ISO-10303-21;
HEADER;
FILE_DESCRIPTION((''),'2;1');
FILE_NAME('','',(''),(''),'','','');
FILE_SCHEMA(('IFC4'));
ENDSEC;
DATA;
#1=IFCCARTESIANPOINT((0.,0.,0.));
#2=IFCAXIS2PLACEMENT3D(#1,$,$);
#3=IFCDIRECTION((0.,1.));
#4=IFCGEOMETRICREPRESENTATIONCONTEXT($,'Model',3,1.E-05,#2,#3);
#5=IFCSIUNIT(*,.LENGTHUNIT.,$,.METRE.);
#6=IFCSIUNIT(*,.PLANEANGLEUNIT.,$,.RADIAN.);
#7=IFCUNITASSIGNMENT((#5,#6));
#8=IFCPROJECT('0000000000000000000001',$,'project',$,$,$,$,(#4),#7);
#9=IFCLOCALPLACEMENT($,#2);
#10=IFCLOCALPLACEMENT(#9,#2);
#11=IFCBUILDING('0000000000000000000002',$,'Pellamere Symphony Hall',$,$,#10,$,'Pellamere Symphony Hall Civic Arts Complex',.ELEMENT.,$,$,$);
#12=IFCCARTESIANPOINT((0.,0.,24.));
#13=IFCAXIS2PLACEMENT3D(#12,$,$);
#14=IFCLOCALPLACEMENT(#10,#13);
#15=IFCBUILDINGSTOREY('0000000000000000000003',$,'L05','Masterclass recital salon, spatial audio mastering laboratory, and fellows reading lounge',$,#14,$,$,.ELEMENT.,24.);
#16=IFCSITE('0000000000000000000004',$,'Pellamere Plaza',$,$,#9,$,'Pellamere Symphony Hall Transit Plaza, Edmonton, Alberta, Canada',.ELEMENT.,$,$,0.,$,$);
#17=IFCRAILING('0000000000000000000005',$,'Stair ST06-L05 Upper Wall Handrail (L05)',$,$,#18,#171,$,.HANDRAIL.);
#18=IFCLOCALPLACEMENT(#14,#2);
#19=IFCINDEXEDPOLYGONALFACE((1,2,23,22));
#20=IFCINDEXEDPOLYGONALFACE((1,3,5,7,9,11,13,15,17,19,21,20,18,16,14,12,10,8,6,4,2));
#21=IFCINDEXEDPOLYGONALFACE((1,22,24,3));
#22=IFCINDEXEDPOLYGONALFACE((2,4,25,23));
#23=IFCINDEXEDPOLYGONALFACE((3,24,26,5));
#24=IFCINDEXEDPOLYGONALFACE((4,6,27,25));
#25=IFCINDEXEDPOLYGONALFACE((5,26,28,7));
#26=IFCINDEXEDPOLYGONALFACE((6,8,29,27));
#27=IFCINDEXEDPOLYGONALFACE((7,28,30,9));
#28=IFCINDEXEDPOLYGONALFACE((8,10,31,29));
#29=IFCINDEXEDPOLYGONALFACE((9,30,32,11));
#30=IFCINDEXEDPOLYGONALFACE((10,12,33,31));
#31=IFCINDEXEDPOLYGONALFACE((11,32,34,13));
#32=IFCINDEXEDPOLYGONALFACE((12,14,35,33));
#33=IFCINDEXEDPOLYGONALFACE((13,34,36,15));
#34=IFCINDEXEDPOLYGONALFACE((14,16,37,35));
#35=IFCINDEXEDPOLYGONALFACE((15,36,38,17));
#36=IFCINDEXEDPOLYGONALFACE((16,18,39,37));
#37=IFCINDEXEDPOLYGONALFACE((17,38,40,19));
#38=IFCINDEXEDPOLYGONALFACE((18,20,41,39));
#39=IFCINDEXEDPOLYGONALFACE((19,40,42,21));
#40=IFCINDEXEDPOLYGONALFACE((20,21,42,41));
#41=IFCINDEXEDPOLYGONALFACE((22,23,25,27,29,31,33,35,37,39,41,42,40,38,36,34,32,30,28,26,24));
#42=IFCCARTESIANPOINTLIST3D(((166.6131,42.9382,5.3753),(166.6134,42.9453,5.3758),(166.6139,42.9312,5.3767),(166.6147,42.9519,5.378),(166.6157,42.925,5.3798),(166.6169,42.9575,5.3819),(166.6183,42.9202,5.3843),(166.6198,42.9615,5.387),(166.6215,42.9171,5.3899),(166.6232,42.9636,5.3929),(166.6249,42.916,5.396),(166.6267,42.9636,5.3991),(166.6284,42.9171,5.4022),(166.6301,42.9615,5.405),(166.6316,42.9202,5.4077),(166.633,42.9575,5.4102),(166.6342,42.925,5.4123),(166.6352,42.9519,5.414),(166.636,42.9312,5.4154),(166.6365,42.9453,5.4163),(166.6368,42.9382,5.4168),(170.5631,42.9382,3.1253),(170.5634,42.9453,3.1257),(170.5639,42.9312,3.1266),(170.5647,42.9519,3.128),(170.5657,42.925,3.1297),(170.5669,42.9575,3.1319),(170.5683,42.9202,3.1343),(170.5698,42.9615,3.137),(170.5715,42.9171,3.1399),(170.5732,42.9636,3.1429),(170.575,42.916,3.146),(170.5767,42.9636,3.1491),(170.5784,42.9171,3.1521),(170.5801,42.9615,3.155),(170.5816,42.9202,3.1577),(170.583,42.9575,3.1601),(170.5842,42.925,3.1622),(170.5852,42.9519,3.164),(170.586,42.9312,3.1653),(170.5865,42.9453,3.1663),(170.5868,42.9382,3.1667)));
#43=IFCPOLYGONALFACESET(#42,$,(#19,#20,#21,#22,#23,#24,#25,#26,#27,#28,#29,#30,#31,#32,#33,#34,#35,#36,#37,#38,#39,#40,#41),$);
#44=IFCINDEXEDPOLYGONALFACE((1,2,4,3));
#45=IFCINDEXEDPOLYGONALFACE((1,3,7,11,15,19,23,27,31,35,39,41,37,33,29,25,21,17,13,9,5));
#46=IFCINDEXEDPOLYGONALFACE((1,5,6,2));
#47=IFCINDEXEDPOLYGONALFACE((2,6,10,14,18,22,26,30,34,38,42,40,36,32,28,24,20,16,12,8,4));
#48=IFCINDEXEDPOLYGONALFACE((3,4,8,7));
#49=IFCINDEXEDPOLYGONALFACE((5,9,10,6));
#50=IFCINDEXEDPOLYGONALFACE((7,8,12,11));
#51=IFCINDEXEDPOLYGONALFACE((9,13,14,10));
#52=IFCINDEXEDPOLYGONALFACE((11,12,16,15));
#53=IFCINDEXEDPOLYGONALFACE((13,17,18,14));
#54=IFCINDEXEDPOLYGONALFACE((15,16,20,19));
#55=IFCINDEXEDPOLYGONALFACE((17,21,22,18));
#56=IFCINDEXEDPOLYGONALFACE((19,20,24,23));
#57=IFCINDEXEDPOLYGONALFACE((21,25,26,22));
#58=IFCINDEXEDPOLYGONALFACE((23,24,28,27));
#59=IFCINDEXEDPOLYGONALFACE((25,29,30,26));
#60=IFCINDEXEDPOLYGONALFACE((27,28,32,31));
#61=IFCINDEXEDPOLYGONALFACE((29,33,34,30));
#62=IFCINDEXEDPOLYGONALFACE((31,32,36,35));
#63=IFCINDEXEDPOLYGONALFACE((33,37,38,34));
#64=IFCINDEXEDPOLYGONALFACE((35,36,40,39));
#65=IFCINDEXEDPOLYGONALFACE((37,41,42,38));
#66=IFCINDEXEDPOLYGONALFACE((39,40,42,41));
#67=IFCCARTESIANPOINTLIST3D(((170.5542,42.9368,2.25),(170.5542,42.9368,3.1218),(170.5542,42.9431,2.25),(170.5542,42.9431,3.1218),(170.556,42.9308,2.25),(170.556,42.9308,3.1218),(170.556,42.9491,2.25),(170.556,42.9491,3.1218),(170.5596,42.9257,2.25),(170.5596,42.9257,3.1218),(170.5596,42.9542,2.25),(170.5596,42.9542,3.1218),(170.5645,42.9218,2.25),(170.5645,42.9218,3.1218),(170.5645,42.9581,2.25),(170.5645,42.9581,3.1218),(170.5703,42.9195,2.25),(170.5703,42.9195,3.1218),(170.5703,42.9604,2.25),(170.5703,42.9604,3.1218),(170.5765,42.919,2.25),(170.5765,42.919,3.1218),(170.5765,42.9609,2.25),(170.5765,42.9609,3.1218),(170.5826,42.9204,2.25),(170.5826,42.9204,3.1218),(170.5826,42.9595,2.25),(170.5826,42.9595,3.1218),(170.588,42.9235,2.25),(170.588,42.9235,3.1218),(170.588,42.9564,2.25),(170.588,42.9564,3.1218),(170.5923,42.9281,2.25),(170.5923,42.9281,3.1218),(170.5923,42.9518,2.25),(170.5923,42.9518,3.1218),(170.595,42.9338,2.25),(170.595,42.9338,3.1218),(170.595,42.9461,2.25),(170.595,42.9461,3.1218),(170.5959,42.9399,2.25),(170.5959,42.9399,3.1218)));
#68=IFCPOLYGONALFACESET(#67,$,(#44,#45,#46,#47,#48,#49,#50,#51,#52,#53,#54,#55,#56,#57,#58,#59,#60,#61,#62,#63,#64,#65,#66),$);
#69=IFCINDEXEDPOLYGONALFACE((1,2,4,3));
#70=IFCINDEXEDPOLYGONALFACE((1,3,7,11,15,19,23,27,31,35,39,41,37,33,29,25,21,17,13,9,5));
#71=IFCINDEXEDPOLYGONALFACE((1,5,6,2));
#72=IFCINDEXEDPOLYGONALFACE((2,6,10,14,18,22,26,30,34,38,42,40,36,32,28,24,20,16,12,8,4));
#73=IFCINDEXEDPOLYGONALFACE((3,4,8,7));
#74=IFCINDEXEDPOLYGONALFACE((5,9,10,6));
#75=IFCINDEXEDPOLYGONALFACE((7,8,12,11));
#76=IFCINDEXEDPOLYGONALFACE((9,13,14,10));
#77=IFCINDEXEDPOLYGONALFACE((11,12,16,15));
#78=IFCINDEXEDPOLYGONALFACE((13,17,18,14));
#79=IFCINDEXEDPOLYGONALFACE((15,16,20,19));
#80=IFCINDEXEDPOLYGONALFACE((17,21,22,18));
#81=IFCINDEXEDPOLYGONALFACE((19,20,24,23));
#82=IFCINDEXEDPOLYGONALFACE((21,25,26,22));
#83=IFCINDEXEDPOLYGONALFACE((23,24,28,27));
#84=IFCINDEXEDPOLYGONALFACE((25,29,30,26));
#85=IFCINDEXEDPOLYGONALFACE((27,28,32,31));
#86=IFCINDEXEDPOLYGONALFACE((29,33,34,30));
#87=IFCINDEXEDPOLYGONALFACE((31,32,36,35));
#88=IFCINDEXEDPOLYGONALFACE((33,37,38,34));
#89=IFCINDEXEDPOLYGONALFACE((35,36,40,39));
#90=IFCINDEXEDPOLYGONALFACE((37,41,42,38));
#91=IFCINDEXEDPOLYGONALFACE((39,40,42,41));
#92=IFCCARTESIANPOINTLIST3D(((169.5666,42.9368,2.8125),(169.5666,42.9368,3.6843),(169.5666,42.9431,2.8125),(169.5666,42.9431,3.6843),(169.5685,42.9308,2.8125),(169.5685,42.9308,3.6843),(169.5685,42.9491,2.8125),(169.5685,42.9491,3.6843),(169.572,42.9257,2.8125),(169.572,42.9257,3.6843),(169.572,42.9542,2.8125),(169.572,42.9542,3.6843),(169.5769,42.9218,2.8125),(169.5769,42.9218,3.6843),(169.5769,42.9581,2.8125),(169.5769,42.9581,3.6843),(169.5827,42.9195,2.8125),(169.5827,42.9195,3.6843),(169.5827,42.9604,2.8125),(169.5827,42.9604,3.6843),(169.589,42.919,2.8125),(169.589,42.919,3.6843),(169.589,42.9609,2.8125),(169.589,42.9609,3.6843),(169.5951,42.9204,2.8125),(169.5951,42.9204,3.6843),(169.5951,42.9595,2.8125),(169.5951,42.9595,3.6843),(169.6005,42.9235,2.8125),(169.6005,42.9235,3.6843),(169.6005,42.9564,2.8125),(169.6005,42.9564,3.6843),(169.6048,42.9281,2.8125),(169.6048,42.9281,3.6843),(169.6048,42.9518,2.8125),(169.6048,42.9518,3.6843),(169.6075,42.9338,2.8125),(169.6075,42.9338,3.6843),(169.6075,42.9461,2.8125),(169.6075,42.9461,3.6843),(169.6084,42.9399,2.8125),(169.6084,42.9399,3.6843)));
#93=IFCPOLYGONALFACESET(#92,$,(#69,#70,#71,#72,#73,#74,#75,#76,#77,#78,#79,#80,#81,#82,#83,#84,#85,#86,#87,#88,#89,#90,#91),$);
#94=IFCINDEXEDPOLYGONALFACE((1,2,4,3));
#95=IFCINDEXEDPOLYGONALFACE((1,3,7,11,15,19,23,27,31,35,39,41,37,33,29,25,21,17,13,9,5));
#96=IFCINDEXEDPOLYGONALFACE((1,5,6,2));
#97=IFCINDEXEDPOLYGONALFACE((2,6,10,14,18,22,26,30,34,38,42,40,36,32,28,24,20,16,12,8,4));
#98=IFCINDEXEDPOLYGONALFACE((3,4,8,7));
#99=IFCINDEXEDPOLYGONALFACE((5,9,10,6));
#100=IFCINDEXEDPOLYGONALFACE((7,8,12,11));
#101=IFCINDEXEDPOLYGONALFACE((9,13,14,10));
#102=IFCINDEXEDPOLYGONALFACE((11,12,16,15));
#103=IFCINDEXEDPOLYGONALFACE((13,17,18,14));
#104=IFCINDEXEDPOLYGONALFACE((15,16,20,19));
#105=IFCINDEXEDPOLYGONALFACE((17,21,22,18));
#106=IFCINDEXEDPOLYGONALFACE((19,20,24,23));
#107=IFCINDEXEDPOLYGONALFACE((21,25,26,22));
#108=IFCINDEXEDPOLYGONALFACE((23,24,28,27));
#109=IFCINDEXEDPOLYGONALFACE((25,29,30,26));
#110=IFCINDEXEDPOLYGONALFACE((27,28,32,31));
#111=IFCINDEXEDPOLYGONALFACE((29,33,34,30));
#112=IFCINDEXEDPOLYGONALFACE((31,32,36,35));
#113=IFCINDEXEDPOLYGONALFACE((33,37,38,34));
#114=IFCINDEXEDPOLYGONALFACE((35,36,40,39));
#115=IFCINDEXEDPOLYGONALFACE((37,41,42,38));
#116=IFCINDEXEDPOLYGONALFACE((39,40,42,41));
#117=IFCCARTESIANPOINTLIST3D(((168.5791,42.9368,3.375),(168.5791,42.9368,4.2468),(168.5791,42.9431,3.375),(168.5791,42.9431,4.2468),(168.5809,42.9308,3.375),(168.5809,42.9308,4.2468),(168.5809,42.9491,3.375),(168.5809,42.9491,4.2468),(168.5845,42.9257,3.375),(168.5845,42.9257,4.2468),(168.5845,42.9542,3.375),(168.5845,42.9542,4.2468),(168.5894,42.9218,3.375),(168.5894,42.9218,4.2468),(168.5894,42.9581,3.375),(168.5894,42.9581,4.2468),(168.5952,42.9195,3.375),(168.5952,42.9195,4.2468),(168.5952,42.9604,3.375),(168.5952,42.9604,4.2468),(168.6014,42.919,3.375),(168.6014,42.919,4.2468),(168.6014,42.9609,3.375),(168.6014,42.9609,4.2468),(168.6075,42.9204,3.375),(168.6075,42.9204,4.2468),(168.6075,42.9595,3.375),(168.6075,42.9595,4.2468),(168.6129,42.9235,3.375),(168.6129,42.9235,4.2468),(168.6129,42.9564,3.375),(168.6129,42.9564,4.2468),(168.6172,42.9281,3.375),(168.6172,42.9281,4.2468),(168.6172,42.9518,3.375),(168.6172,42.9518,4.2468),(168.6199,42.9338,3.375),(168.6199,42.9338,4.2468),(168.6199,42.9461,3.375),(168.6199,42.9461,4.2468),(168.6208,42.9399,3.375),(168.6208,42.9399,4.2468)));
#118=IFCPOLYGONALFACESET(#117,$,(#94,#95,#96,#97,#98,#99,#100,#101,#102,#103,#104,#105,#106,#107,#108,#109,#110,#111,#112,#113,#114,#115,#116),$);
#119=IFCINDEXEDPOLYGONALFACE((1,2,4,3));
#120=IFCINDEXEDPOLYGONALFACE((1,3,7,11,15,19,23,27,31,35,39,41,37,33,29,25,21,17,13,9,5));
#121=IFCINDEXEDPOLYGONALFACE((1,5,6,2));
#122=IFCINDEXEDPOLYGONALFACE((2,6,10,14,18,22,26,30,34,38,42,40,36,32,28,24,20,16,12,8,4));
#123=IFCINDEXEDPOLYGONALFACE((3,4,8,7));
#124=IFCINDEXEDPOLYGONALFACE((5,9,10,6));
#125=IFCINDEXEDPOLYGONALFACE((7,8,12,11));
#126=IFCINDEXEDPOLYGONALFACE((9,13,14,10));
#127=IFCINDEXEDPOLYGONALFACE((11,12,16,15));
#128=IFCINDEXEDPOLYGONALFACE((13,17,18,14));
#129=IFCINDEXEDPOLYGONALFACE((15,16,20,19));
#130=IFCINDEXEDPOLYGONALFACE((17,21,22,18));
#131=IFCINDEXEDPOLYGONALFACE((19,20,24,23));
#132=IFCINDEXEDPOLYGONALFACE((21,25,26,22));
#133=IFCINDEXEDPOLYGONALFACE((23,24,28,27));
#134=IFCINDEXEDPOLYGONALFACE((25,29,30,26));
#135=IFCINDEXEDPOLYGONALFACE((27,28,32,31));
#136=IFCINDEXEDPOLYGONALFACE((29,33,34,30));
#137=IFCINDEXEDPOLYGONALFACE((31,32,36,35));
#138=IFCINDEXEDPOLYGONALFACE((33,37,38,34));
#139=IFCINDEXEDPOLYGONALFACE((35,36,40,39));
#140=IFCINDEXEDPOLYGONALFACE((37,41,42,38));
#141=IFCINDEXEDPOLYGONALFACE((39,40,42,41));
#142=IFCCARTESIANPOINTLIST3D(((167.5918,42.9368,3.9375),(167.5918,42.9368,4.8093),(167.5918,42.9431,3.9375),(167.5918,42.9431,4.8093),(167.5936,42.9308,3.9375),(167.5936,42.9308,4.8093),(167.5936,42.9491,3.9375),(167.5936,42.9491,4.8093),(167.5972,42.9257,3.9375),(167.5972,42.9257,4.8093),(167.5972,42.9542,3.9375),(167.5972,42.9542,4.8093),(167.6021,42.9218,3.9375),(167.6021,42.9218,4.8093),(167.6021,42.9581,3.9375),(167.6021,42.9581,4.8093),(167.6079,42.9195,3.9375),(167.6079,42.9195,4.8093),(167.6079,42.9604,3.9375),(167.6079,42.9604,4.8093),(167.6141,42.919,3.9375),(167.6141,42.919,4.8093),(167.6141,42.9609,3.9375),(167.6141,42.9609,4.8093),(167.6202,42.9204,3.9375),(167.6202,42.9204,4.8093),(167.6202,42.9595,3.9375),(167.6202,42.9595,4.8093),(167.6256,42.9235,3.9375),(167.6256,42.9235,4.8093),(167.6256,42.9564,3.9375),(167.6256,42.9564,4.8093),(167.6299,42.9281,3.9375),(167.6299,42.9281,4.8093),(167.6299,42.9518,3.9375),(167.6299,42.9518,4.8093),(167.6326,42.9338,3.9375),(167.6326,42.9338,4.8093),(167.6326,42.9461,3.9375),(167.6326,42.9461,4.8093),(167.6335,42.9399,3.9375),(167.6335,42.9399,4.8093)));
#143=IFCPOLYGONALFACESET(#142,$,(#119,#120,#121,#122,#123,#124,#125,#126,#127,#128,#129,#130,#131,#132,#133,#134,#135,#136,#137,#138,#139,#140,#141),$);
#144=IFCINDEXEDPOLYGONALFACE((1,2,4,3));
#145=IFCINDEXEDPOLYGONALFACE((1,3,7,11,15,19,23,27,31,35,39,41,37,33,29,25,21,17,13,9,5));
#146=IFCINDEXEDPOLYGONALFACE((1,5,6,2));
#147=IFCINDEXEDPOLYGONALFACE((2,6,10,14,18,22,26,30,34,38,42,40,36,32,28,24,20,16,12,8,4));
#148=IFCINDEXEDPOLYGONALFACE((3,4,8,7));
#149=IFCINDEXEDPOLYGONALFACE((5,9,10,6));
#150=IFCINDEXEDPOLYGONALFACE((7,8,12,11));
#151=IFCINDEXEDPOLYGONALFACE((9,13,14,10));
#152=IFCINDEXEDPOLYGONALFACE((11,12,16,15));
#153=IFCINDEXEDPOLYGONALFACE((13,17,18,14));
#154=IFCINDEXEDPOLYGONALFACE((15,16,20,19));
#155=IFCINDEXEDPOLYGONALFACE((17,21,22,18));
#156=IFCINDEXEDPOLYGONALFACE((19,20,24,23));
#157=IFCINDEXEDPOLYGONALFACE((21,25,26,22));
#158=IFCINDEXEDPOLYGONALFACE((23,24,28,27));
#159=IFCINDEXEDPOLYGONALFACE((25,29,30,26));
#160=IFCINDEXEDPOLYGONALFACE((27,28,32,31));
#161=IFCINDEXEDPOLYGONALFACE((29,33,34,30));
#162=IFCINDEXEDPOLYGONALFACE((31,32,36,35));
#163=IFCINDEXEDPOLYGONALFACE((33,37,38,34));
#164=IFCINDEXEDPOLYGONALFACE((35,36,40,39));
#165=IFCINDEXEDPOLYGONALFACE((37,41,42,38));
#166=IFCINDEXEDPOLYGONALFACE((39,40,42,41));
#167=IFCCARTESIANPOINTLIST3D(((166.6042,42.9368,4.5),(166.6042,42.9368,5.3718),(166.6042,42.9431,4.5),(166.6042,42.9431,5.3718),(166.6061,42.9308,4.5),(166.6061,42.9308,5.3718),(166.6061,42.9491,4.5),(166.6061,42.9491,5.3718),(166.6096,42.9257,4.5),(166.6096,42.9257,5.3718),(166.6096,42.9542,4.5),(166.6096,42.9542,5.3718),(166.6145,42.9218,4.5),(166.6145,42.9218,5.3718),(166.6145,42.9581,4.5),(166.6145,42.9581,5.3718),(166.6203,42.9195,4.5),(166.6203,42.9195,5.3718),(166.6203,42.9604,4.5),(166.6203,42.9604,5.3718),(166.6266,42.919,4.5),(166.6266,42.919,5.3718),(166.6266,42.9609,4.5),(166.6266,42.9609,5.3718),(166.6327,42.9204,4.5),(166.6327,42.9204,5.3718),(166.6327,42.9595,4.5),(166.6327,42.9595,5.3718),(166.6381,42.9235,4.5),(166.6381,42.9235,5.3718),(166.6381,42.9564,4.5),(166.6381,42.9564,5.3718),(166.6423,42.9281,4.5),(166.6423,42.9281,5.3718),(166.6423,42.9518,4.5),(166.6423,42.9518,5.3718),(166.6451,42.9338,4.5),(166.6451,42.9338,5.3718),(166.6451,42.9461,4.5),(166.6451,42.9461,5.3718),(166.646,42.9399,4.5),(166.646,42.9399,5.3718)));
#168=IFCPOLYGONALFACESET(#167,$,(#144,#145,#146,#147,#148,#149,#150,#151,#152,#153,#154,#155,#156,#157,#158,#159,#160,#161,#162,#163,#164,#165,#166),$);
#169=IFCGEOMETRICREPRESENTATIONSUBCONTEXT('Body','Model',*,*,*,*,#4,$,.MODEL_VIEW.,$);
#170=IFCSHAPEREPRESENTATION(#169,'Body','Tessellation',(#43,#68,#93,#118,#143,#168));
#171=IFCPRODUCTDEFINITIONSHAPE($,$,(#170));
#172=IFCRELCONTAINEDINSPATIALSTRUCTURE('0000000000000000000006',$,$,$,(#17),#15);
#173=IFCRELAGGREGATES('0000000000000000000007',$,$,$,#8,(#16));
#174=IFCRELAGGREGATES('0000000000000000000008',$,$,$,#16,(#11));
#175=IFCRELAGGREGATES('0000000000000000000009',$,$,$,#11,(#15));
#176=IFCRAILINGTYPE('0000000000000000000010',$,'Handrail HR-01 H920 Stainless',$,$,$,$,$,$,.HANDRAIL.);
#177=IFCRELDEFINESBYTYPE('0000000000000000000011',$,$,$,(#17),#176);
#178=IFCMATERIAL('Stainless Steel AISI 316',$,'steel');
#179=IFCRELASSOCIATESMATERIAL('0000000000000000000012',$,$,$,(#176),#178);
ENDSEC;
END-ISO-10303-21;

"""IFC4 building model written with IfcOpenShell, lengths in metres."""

from ifc_helpers import new_model, si_unit, direction, frame, origin, origin_2d, place, context, subcontext, project, spatial, circle, extrude, material, type_object, element, save


model = new_model("IFC4")

# Units and contexts
model_context = context("Model", 3, precision=1e-05, world=origin(), true_north=direction((0.0, 1.0)))
body_context = subcontext(model_context, "Body", "Model", "MODEL_VIEW")
ifc_project = project(units=[si_unit("LENGTHUNIT", "METRE"), si_unit("PLANEANGLEUNIT", "RADIAN")], contexts=[model_context])

# Site, building, storey
site_placement = place(None, origin())
site = spatial("IfcSite", under=ifc_project, at=site_placement, Name="Pellamere Plaza", LongName="Pellamere Symphony Hall Transit Plaza, Edmonton, Alberta, Canada", CompositionType="ELEMENT", RefElevation=0.0)
building_placement = place(site_placement, origin())
building = spatial("IfcBuilding", under=site, at=building_placement, Name="Pellamere Symphony Hall", LongName="Pellamere Symphony Hall Civic Arts Complex", CompositionType="ELEMENT")
storey_placement = place(building_placement, frame((0.0, 0.0, 24.0)))
storey = spatial("IfcBuildingStorey", under=building, at=storey_placement, Name="L05", Description="Masterclass recital salon, spatial audio mastering laboratory, and fellows reading lounge", CompositionType="ELEMENT", Elevation=24.0)

# Railing
ifc_material_1 = material(Name="Stainless Steel AISI 316", Category="steel")
railing_type_1 = type_object("IfcRailingType", Name="Handrail HR-01 H920 Stainless", PredefinedType="HANDRAIL", material=ifc_material_1)
railing_1_placement = place(storey_placement, frame((170.575, 42.9399, 2.25)))
element("IfcRailing", 1, at=railing_1_placement, inside=storey, type_object=railing_type_1, Name="Stair ST06-L05 Upper Wall Handrail (L05)", PredefinedType="HANDRAIL", context=body_context, shape_type="SweptSolid", body=[
    extrude(circle(Radius=0.0239, at=origin_2d()), frame((0.0, 0.0, 0.896), z_axis=(-0.868917, 0.0, 0.494959), x_axis=(0.0, -1.0, 0.0)), (0.0, 0.0, 1.0), 4.5459),
    extrude(circle(Radius=0.021, at=origin_2d()), origin(), (0.0, 0.0, 1.0), 0.8718),
    extrude(circle(Radius=0.021, at=origin_2d()), frame((-0.9875, 0.0, 0.5625)), (0.0, 0.0, 1.0), 0.8718),
    extrude(circle(Radius=0.021, at=origin_2d()), frame((-1.9751, 0.0, 1.125)), (0.0, 0.0, 1.0), 0.8718),
    extrude(circle(Radius=0.021, at=origin_2d()), frame((-2.9624, 0.0, 1.6875)), (0.0, 0.0, 1.0), 0.8718),
    extrude(circle(Radius=0.021, at=origin_2d()), frame((-3.95, 0.0, 2.25)), (0.0, 0.0, 1.0), 0.8718),
])

save(model, "model.ifc")
